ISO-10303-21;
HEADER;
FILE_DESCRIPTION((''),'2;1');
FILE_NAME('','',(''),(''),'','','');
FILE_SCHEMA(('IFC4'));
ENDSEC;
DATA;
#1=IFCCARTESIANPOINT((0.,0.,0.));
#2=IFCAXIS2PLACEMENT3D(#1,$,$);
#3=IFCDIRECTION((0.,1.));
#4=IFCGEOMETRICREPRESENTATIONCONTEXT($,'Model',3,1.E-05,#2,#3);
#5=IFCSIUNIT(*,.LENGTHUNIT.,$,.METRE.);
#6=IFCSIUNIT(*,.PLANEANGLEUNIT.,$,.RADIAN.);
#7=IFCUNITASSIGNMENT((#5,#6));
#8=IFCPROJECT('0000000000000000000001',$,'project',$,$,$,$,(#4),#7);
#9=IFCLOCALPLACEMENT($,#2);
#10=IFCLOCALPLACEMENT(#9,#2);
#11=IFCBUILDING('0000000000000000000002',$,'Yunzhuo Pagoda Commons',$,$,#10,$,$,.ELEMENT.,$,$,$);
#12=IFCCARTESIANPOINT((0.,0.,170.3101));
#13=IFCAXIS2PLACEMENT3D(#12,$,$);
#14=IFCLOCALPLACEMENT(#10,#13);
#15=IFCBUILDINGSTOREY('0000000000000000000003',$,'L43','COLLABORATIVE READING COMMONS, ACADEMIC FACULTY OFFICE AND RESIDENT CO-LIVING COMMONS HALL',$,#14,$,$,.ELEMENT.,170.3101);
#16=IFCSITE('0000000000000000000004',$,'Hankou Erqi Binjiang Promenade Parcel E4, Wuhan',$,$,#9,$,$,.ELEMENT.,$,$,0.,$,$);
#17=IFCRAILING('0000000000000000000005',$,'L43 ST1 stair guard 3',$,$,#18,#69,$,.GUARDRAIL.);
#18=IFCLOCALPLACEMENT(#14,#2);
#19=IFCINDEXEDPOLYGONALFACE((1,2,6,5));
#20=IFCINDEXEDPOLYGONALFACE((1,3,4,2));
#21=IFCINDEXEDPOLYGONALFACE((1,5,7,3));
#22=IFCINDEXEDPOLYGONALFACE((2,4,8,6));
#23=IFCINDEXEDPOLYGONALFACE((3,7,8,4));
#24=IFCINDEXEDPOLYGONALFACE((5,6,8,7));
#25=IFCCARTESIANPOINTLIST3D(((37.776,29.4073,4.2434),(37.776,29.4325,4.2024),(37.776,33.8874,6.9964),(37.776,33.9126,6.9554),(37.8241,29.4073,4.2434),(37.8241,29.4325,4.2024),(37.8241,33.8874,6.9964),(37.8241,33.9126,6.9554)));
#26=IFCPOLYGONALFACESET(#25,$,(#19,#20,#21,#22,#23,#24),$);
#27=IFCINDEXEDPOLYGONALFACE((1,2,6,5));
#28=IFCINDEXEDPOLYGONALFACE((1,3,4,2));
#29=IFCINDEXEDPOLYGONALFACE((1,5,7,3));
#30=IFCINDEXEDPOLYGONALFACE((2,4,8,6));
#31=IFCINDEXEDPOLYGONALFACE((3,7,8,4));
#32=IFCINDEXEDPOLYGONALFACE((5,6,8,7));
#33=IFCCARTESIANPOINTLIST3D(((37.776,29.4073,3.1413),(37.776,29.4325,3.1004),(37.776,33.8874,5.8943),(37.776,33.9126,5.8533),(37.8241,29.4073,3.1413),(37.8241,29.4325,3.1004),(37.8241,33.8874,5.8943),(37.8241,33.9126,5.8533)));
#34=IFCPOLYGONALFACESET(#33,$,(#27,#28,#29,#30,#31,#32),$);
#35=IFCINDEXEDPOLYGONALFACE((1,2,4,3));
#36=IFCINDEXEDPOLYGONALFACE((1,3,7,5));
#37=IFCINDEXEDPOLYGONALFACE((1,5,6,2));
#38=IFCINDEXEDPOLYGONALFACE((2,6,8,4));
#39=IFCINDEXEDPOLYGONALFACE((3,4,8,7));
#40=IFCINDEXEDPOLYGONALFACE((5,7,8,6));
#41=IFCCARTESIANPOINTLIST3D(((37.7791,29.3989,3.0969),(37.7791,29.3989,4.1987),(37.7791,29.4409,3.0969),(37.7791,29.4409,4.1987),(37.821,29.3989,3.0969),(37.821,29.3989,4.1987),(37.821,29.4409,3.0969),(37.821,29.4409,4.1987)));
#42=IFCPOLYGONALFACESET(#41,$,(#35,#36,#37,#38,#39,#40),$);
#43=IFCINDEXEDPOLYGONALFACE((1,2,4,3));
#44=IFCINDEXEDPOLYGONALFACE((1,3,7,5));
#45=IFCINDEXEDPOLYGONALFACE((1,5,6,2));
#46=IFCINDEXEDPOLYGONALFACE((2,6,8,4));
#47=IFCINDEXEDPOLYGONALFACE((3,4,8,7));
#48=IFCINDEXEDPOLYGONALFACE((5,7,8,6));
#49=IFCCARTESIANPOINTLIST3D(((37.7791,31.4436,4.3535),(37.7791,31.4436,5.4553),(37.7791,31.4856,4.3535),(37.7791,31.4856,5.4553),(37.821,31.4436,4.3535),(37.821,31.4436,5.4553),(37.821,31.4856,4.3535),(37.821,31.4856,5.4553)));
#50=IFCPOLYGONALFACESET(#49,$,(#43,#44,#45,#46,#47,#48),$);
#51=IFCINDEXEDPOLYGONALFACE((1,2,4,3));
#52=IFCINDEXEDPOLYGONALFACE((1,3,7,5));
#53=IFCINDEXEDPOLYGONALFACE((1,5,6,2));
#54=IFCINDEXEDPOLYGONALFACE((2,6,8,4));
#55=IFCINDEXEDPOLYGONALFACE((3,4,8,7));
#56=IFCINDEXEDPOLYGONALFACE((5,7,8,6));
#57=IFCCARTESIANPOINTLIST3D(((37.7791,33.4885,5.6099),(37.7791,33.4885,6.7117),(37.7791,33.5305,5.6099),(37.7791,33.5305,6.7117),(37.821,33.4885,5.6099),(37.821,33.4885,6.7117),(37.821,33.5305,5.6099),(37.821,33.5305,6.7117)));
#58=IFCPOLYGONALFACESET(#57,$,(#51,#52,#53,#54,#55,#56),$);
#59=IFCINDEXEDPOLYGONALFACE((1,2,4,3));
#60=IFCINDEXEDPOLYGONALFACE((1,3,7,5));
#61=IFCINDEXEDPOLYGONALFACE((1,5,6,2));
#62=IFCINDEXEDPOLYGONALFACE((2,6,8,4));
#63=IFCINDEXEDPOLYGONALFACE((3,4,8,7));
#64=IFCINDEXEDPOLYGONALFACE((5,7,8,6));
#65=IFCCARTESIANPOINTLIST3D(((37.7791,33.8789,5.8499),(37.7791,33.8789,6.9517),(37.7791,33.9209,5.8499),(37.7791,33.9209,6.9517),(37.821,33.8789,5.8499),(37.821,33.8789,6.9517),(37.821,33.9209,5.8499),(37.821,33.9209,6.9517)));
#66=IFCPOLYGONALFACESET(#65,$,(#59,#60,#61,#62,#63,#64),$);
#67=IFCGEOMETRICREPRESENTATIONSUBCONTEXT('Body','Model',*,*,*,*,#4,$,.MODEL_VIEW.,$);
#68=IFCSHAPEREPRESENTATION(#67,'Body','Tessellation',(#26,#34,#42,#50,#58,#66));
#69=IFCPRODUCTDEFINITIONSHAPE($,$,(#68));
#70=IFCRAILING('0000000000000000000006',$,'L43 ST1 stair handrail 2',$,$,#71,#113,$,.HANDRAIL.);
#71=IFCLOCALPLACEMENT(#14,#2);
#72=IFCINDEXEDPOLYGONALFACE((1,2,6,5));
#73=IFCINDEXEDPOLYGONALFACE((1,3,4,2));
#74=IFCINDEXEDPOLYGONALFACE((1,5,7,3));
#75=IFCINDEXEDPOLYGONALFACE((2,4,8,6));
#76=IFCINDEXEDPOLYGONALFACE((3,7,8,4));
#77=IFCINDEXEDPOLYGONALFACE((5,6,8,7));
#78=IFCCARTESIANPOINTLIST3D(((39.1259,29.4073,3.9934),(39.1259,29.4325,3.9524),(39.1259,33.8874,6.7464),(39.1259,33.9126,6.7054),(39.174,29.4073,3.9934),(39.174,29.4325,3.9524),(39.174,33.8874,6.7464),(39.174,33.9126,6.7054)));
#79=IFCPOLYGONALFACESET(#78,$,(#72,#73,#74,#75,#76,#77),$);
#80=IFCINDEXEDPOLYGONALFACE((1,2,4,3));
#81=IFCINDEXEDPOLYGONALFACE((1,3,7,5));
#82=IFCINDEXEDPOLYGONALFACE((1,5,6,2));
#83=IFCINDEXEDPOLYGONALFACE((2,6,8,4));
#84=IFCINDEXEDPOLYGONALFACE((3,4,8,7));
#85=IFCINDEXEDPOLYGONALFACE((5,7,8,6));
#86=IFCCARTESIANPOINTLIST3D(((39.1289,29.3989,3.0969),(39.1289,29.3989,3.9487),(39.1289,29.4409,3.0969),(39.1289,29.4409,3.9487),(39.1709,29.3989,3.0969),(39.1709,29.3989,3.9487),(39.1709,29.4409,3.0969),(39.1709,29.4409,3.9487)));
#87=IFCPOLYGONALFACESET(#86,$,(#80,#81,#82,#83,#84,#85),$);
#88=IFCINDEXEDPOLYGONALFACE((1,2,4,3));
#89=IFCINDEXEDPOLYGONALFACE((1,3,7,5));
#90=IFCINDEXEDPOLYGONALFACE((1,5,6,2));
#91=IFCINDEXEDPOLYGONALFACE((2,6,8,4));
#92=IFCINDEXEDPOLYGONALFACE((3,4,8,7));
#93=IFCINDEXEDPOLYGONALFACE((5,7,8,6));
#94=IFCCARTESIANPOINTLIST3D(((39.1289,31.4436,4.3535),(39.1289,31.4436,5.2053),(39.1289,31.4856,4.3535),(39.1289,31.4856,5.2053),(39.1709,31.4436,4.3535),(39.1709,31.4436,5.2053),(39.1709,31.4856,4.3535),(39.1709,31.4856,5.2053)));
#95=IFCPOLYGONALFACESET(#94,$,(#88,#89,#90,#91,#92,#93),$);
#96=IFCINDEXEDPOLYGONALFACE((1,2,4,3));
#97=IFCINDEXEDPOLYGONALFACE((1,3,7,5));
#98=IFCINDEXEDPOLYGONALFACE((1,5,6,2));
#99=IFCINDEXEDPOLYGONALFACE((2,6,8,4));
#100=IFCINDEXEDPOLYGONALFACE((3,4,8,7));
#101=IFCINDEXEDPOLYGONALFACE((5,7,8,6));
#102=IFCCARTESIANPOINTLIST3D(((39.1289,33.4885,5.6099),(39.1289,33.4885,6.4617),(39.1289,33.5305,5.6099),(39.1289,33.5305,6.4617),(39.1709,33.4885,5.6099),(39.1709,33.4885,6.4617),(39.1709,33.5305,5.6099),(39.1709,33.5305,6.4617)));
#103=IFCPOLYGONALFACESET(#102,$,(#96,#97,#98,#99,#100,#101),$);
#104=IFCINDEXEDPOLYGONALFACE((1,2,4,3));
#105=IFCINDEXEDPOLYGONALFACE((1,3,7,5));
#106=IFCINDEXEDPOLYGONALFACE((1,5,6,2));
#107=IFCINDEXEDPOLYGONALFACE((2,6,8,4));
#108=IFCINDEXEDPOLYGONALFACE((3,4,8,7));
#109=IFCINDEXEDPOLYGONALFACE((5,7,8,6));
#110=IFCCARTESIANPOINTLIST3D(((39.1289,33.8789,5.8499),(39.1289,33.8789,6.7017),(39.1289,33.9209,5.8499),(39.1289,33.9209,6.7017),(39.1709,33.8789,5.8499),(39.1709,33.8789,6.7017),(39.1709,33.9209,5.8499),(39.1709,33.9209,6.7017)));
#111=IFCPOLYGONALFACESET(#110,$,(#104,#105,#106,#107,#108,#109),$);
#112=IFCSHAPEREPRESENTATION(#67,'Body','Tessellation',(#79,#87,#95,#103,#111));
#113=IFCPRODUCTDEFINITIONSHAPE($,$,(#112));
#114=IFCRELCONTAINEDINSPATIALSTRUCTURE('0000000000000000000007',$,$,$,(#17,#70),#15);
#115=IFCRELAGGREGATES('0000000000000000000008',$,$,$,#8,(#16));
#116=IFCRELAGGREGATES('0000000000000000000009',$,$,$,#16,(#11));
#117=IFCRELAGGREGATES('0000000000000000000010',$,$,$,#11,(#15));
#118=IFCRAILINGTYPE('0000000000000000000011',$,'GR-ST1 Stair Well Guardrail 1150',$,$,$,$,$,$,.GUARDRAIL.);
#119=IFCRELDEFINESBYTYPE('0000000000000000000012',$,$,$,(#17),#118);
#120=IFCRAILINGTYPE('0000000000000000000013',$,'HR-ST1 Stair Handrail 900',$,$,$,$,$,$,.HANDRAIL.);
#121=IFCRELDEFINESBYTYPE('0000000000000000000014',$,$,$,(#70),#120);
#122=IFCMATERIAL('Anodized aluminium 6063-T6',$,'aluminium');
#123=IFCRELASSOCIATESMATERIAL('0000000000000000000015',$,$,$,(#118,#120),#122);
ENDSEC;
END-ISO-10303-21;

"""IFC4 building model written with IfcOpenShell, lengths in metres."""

from ifc_helpers import new_model, si_unit, direction, frame, origin, origin_2d, place, context, subcontext, project, spatial, rectangle, extrude, material, type_object, element, save


model = new_model("IFC4")

# Units and contexts
model_context = context("Model", 3, precision=1e-05, world=origin(), true_north=direction((0.0, 1.0)))
body_context = subcontext(model_context, "Body", "Model", "MODEL_VIEW")
ifc_project = project(units=[si_unit("LENGTHUNIT", "METRE"), si_unit("PLANEANGLEUNIT", "RADIAN")], contexts=[model_context])

# Site, building, storey
site_placement = place(None, origin())
site = spatial("IfcSite", under=ifc_project, at=site_placement, Name="Hankou Erqi Binjiang Promenade Parcel E4, Wuhan", CompositionType="ELEMENT", RefElevation=0.0)
building_placement = place(site_placement, origin())
building = spatial("IfcBuilding", under=site, at=building_placement, Name="Yunzhuo Pagoda Commons", CompositionType="ELEMENT")
storey_placement = place(building_placement, frame((0.0, 0.0, 170.3101)))
storey = spatial("IfcBuildingStorey", under=building, at=storey_placement, Name="L43", Description="COLLABORATIVE READING COMMONS, ACADEMIC FACULTY OFFICE AND RESIDENT CO-LIVING COMMONS HALL", CompositionType="ELEMENT", Elevation=170.3101)

# Railings
ifc_material_1 = material(Name="Anodized aluminium 6063-T6", Category="aluminium")
railing_type_1 = type_object("IfcRailingType", Name="GR-ST1 Stair Well Guardrail 1150", PredefinedType="GUARDRAIL", material=ifc_material_1)
railing_1_placement = place(storey_placement, frame((37.8, 29.4199, 3.0969)))
element("IfcRailing", 1, at=railing_1_placement, inside=storey, type_object=railing_type_1, Name="L43 ST1 stair guard 3", PredefinedType="GUARDRAIL", context=body_context, shape_type="SweptSolid", body=[
    extrude(rectangle(XDim=0.0481, YDim=0.0481, at=origin_2d()), frame((0.0, 0.0, 1.126), z_axis=(0.0, 0.851996, 0.523548), x_axis=(-1.0, 0.0, 0.0)), (0.0, 0.0, 1.0), 5.2583),
    extrude(rectangle(XDim=0.0481, YDim=0.0481, at=origin_2d()), frame((0.0, 0.0, 0.0239), z_axis=(0.0, 0.851996, 0.523548), x_axis=(-1.0, 0.0, 0.0)), (0.0, 0.0, 1.0), 5.2583),
    extrude(rectangle(XDim=0.042, YDim=0.042, at=origin_2d()), origin(), (0.0, 0.0, 1.0), 1.1018),
    extrude(rectangle(XDim=0.042, YDim=0.042, at=origin_2d()), frame((0.0, 2.0447, 1.2566)), (0.0, 0.0, 1.0), 1.1018),
    extrude(rectangle(XDim=0.042, YDim=0.042, at=origin_2d()), frame((0.0, 4.0896, 2.5129)), (0.0, 0.0, 1.0), 1.1018),
    extrude(rectangle(XDim=0.042, YDim=0.042, at=origin_2d()), frame((0.0, 4.48, 2.7529)), (0.0, 0.0, 1.0), 1.1018),
])
railing_type_2 = type_object("IfcRailingType", Name="HR-ST1 Stair Handrail 900", PredefinedType="HANDRAIL", material=ifc_material_1)
railing_2_placement = place(storey_placement, frame((39.1499, 29.4199, 3.0969)))
element("IfcRailing", 2, at=railing_2_placement, inside=storey, type_object=railing_type_2, Name="L43 ST1 stair handrail 2", PredefinedType="HANDRAIL", context=body_context, shape_type="SweptSolid", body=[
    extrude(rectangle(XDim=0.0481, YDim=0.0481, at=origin_2d()), frame((0.0, 0.0, 0.876), z_axis=(0.0, 0.851996, 0.523548), x_axis=(-1.0, 0.0, 0.0)), (0.0, 0.0, 1.0), 5.2583),
    extrude(rectangle(XDim=0.042, YDim=0.042, at=origin_2d()), origin(), (0.0, 0.0, 1.0), 0.8518),
    extrude(rectangle(XDim=0.042, YDim=0.042, at=origin_2d()), frame((0.0, 2.0447, 1.2566)), (0.0, 0.0, 1.0), 0.8518),
    extrude(rectangle(XDim=0.042, YDim=0.042, at=origin_2d()), frame((0.0, 4.0896, 2.5129)), (0.0, 0.0, 1.0), 0.8518),
    extrude(rectangle(XDim=0.042, YDim=0.042, at=origin_2d()), frame((0.0, 4.48, 2.7529)), (0.0, 0.0, 1.0), 0.8518),
])

save(model, "model.ifc")
